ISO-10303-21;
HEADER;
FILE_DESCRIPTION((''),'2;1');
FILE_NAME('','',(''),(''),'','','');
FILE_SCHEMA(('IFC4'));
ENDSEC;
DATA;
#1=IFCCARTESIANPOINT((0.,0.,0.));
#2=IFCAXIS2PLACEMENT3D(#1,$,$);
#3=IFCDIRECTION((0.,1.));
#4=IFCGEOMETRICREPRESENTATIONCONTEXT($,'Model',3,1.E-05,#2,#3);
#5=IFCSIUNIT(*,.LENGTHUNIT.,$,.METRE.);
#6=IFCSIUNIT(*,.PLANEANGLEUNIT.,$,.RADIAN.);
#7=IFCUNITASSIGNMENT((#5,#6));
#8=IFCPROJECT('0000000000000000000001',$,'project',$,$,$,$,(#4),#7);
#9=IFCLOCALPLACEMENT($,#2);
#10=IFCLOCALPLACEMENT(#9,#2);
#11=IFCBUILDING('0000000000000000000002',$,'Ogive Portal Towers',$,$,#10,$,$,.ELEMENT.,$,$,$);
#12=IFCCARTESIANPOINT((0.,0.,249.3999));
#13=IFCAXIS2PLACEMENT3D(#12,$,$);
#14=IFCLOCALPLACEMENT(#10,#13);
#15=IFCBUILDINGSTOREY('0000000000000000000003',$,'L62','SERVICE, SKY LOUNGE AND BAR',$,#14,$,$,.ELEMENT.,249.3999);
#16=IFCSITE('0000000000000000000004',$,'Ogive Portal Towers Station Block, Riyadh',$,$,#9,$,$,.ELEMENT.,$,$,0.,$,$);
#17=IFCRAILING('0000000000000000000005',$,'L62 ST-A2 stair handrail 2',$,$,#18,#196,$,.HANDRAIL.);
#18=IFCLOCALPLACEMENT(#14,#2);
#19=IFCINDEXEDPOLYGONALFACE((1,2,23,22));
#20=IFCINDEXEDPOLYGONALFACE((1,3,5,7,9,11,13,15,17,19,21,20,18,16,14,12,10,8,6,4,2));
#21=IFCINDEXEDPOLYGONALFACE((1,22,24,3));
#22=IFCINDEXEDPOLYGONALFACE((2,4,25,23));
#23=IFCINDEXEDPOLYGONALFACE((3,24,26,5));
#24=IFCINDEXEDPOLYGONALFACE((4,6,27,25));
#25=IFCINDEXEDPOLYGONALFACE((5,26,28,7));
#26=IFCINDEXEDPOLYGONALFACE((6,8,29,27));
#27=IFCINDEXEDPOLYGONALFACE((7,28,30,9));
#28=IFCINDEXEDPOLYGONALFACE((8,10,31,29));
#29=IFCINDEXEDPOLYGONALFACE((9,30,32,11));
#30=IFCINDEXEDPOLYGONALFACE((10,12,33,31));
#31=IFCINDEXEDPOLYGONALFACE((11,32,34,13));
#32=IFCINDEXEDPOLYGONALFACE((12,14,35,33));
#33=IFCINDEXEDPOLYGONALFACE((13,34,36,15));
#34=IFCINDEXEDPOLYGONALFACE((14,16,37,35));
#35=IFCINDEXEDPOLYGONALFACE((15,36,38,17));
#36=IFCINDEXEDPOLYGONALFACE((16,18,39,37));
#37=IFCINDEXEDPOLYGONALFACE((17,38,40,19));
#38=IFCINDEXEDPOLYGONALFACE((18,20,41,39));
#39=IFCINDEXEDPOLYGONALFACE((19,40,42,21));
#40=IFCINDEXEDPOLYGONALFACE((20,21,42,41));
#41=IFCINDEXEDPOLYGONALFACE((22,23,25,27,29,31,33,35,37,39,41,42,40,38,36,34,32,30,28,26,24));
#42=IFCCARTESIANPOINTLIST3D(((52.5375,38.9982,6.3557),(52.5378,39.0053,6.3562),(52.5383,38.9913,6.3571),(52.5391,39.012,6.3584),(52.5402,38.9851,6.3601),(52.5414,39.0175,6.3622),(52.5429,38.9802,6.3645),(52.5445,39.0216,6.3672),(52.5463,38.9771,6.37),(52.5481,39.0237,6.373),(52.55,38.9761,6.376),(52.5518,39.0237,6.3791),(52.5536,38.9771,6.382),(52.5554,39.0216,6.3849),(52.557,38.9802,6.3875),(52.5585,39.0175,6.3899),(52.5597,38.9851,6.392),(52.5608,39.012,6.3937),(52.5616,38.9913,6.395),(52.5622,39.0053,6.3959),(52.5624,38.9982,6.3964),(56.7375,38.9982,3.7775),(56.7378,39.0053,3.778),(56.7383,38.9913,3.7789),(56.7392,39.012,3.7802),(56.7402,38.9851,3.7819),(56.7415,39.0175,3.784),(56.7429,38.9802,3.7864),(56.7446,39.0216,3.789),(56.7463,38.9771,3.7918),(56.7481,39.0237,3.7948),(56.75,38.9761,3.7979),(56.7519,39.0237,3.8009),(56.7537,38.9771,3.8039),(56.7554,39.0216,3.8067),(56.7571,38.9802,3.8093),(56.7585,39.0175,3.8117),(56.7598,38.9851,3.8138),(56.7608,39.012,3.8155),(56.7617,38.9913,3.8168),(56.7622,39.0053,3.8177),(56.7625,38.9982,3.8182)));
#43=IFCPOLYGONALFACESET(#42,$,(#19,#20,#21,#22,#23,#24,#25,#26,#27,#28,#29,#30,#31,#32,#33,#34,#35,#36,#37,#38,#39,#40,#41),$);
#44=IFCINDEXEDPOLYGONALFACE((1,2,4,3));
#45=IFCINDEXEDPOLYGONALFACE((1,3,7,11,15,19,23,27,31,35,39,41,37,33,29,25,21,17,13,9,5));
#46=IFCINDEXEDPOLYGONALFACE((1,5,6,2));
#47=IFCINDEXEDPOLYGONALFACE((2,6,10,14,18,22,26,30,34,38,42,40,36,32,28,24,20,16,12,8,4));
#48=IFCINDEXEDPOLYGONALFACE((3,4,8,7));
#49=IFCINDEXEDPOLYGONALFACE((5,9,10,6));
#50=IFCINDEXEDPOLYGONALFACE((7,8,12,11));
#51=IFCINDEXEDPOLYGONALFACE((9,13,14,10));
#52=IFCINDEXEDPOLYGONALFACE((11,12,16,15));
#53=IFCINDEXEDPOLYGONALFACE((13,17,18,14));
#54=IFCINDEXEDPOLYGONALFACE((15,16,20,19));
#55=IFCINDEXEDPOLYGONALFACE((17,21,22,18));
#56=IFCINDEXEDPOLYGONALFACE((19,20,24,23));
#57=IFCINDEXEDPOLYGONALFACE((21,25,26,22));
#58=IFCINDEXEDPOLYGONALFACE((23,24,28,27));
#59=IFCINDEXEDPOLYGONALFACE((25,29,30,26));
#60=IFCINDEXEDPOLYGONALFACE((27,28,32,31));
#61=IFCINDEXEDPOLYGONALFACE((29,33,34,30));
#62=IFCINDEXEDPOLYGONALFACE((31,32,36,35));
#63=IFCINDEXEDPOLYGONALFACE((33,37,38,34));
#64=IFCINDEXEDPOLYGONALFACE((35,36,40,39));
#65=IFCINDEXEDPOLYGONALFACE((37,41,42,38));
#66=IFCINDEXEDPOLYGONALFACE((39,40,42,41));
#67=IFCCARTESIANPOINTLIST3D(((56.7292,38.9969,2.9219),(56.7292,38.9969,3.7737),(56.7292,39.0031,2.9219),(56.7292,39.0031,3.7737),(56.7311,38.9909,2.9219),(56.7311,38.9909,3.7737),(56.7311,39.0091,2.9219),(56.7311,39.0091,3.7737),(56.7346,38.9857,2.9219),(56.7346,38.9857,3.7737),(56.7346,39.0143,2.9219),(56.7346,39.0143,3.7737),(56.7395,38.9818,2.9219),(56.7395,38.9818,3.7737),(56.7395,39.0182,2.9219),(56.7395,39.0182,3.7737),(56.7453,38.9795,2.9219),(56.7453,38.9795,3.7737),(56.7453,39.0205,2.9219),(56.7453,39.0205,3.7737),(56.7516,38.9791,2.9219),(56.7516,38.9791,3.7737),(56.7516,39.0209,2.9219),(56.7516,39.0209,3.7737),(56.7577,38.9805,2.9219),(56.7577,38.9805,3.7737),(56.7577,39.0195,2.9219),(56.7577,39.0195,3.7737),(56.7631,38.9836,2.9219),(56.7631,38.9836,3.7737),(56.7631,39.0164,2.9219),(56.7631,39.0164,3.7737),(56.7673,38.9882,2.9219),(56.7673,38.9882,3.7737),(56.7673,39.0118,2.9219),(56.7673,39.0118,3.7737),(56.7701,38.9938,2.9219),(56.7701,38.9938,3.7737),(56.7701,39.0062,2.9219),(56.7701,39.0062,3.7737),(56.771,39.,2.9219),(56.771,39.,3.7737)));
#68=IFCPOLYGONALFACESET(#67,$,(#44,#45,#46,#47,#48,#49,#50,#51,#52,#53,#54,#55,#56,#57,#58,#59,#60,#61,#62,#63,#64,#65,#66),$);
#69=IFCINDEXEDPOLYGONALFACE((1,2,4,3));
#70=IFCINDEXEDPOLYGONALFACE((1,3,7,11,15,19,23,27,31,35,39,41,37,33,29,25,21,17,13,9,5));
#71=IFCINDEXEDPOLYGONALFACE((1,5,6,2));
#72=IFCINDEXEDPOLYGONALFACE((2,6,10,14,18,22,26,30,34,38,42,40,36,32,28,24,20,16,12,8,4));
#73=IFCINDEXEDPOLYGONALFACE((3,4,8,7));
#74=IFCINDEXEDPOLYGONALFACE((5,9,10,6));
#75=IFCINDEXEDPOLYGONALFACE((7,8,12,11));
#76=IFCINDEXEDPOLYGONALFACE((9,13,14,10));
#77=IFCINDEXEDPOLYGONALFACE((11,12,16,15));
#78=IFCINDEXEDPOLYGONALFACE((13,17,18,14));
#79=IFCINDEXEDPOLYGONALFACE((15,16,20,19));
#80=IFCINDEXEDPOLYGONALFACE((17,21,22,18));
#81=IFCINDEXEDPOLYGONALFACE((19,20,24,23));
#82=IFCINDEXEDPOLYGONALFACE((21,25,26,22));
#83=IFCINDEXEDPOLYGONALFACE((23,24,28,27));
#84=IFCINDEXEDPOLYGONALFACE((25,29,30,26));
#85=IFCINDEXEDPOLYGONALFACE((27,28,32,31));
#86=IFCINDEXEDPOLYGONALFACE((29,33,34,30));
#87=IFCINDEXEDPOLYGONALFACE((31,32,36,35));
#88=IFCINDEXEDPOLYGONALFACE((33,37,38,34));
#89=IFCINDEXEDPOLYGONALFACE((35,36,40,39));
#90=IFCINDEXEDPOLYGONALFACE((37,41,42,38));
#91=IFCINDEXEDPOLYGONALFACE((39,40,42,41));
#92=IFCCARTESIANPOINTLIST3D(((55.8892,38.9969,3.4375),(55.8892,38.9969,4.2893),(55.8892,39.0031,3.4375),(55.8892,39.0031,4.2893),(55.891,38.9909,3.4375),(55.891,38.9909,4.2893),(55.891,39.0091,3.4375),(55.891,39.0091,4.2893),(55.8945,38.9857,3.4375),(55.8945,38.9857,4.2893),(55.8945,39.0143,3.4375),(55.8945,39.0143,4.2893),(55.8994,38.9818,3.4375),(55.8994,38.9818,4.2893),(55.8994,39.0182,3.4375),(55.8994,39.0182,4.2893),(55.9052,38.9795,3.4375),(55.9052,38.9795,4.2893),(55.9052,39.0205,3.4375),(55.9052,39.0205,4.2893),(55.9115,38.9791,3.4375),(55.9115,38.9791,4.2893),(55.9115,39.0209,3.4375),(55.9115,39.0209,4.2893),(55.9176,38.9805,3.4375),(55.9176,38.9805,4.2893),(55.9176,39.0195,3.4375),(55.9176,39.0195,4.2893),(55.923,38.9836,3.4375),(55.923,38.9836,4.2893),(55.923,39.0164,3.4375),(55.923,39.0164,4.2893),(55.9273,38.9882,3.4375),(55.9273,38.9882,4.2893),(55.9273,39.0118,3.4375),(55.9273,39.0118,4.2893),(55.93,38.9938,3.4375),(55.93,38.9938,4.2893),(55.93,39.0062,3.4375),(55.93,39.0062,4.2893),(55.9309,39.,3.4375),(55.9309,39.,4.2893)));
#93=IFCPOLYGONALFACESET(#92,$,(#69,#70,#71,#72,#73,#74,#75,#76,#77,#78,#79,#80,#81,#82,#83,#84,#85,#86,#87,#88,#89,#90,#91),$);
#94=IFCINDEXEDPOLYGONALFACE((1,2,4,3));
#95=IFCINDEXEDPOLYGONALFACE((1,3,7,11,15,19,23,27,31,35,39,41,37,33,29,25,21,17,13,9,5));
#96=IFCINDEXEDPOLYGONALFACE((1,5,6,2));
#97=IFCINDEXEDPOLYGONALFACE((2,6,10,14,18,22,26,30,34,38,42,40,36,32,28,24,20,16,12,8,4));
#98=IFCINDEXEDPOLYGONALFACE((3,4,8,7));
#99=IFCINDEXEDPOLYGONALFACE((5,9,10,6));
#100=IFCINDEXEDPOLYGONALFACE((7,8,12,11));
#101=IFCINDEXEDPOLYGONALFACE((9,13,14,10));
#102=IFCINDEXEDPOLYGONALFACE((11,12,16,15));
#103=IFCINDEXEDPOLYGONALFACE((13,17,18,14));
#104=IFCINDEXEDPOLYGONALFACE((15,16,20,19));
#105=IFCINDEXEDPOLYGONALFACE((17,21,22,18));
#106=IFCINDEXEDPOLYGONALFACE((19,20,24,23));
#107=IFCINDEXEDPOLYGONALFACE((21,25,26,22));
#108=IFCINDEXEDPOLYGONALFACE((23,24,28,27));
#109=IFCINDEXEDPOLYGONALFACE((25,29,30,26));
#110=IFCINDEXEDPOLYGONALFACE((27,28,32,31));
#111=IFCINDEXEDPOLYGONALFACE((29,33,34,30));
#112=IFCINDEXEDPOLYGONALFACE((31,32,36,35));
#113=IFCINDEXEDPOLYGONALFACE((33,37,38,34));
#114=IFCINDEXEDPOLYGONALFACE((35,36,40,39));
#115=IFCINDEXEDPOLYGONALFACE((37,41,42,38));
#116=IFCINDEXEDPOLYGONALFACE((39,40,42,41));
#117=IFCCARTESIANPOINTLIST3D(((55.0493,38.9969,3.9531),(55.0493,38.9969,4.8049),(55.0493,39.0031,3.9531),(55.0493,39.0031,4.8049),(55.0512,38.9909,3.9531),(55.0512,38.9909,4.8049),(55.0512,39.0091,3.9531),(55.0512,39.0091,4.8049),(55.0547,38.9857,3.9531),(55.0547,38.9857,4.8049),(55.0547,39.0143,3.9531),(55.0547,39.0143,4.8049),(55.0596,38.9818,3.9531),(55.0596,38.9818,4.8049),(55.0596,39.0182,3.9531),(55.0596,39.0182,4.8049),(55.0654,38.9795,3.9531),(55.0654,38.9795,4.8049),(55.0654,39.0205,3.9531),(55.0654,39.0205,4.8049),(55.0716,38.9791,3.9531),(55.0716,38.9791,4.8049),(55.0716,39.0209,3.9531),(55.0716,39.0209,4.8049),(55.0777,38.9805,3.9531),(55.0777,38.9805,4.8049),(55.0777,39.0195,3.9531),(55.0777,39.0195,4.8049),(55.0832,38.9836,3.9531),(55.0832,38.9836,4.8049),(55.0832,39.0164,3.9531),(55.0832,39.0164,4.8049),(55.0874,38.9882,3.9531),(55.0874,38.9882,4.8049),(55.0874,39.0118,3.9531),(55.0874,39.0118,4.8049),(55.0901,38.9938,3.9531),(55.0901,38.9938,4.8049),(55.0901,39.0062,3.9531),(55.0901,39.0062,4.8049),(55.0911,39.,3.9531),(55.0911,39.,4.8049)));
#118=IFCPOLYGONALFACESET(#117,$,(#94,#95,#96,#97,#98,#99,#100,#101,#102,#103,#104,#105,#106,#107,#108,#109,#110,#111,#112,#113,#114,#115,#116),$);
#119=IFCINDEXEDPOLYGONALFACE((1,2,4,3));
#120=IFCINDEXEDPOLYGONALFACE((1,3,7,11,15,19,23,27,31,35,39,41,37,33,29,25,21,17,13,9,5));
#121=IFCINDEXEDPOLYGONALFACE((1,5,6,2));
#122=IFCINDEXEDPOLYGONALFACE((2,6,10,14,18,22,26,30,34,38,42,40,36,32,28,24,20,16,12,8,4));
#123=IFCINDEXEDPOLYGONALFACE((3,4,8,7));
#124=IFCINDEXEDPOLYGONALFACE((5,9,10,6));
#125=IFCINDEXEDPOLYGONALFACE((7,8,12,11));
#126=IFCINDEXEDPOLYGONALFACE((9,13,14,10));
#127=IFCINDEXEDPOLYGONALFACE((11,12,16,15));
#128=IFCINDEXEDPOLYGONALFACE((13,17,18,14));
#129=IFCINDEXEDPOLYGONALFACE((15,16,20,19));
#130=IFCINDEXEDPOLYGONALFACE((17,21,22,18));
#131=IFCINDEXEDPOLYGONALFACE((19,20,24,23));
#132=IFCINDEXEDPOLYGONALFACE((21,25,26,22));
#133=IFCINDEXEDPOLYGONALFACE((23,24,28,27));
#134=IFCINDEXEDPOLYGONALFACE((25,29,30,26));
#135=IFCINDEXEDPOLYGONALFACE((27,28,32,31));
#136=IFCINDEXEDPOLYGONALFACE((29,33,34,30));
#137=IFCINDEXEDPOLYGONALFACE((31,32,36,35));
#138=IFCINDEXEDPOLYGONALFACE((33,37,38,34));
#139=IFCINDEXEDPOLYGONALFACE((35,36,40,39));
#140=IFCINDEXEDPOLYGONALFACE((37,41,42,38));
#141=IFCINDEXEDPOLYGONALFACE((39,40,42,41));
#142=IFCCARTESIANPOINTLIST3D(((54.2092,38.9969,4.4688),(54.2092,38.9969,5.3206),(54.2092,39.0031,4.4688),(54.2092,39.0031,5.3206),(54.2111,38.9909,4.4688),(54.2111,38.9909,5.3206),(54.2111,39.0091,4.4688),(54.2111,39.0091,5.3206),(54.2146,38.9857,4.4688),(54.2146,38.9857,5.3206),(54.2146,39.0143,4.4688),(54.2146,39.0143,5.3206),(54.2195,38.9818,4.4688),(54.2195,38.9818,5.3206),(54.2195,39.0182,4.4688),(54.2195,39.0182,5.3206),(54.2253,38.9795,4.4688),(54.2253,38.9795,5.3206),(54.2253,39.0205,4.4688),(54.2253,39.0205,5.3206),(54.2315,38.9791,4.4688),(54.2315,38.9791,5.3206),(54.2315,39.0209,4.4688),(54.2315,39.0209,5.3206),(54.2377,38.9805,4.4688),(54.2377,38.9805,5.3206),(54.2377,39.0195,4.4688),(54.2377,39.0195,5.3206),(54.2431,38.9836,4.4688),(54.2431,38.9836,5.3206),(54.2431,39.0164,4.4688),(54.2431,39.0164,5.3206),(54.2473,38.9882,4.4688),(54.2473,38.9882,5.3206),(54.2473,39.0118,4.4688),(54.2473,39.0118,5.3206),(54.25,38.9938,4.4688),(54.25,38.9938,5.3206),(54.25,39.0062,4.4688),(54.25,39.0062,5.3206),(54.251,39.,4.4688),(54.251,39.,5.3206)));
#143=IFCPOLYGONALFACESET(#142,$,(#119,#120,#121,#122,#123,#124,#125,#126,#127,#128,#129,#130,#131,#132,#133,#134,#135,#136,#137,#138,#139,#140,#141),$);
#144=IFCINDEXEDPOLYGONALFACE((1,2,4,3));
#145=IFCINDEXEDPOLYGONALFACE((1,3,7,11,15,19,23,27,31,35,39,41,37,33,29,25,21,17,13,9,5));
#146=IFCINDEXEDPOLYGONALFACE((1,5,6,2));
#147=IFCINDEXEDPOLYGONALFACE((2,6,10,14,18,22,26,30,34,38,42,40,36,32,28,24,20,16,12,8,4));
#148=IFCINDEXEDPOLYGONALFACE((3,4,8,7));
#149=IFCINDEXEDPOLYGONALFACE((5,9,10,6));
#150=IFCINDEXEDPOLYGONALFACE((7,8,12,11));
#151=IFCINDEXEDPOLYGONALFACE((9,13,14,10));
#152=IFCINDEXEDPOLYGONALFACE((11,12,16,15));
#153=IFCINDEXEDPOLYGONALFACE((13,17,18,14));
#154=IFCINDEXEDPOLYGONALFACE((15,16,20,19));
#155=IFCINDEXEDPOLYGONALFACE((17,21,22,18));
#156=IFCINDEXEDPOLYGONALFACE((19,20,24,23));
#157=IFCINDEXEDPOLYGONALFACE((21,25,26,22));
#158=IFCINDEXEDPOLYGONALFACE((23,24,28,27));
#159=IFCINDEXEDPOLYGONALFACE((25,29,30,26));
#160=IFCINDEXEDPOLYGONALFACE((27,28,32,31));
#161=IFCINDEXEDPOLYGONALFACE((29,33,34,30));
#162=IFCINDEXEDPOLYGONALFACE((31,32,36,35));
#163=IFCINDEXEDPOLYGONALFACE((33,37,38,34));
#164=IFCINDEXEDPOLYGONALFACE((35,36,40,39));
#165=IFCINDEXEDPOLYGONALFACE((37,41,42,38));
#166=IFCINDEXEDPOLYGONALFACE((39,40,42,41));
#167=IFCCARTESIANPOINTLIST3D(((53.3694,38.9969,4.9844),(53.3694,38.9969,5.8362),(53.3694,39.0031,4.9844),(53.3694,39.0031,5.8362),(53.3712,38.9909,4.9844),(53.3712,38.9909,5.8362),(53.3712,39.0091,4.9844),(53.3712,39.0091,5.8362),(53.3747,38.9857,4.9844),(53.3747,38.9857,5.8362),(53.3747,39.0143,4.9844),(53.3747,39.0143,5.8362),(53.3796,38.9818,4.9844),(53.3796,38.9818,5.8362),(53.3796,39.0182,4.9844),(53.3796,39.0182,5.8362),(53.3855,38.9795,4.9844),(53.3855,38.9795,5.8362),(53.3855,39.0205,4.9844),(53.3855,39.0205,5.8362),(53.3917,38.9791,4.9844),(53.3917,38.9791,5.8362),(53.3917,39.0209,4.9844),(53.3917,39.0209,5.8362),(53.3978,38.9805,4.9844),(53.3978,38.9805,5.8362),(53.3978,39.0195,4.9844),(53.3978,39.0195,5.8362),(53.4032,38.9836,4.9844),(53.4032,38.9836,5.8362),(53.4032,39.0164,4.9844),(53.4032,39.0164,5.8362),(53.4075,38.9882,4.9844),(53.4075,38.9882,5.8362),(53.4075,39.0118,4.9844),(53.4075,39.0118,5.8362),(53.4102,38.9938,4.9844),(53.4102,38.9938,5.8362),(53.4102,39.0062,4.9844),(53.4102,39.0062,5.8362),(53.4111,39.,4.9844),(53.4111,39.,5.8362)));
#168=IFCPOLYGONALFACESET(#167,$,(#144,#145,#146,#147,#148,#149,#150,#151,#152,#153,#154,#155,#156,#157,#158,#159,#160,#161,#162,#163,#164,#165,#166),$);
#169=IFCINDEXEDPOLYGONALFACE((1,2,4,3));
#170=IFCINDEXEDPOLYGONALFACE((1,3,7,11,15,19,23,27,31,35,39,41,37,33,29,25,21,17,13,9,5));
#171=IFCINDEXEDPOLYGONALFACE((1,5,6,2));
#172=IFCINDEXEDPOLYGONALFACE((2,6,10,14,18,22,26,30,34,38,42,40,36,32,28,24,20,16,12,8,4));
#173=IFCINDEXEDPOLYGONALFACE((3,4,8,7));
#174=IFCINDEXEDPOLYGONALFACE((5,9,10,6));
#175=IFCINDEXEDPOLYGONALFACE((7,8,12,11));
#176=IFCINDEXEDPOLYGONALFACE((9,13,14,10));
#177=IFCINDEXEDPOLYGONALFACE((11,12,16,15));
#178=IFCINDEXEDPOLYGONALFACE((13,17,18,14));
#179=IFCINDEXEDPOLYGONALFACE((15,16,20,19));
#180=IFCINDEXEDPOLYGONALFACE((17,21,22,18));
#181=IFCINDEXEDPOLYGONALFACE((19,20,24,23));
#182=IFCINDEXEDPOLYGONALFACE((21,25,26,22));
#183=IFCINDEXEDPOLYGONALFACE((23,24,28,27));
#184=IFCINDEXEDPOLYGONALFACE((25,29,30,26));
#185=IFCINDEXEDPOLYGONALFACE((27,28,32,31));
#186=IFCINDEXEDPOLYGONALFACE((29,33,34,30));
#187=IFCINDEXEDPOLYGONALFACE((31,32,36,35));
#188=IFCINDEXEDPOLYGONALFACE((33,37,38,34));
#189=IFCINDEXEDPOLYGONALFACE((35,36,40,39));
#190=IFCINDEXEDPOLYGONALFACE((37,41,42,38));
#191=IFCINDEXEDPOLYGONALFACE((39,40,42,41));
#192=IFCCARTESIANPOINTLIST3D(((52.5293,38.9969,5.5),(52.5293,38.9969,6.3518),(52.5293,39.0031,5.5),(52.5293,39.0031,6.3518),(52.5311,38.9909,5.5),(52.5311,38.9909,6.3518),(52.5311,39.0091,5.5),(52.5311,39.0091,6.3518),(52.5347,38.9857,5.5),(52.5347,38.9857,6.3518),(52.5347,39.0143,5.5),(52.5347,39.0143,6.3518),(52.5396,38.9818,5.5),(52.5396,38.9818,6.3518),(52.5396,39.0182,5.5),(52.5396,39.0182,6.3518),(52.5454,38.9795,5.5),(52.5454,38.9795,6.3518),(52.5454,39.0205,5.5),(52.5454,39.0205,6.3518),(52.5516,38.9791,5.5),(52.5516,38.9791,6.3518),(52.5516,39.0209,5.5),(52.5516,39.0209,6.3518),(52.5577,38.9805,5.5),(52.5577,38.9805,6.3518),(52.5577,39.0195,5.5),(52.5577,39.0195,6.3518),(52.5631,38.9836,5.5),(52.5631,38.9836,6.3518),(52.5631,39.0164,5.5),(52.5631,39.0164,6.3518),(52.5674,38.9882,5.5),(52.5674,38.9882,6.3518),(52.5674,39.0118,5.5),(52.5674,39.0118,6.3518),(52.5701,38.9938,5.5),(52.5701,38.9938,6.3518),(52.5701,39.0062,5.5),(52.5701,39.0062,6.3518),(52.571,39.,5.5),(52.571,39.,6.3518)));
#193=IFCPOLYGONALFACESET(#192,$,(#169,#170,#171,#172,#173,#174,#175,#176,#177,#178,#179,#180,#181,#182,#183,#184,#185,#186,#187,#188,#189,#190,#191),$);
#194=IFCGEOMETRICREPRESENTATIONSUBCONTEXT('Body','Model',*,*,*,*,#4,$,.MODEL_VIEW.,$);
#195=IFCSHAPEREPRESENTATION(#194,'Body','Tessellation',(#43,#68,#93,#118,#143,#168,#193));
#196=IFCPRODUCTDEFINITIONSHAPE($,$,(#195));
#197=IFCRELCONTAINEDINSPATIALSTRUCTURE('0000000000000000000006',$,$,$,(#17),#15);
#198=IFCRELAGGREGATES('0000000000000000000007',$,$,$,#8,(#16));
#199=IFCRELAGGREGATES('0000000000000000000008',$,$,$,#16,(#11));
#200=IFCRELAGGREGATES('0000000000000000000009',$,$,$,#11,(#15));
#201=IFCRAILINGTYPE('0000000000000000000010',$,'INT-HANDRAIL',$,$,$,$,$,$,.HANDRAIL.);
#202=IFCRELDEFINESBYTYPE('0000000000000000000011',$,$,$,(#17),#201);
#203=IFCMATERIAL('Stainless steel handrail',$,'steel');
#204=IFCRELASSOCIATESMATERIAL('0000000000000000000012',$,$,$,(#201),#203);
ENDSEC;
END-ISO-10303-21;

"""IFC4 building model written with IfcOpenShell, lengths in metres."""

from ifc_helpers import new_model, si_unit, direction, frame, origin, origin_2d, place, context, subcontext, project, spatial, circle, extrude, material, type_object, element, save


model = new_model("IFC4")

# Units and contexts
model_context = context("Model", 3, precision=1e-05, world=origin(), true_north=direction((0.0, 1.0)))
body_context = subcontext(model_context, "Body", "Model", "MODEL_VIEW")
ifc_project = project(units=[si_unit("LENGTHUNIT", "METRE"), si_unit("PLANEANGLEUNIT", "RADIAN")], contexts=[model_context])

# Site, building, storey
site_placement = place(None, origin())
site = spatial("IfcSite", under=ifc_project, at=site_placement, Name="Ogive Portal Towers Station Block, Riyadh", CompositionType="ELEMENT", RefElevation=0.0)
building_placement = place(site_placement, origin())
building = spatial("IfcBuilding", under=site, at=building_placement, Name="Ogive Portal Towers", CompositionType="ELEMENT")
storey_placement = place(building_placement, frame((0.0, 0.0, 249.3999)))
storey = spatial("IfcBuildingStorey", under=building, at=storey_placement, Name="L62", Description="SERVICE, SKY LOUNGE AND BAR", CompositionType="ELEMENT", Elevation=249.3999)

# Railing
ifc_material_1 = material(Name="Stainless steel handrail", Category="steel")
railing_type_1 = type_object("IfcRailingType", Name="INT-HANDRAIL", PredefinedType="HANDRAIL", material=ifc_material_1)
railing_1_placement = place(storey_placement, frame((56.75, 39.0, 2.9219)))
element("IfcRailing", 1, at=railing_1_placement, inside=storey, type_object=railing_type_1, Name="L62 ST-A2 stair handrail 2", PredefinedType="HANDRAIL", context=body_context, shape_type="SweptSolid", body=[
    extrude(circle(Radius=0.0239, at=origin_2d()), frame((0.0, 0.0, 0.876), z_axis=(-0.852243, 0.0, 0.523146), x_axis=(0.0, -1.0, 0.0)), (0.0, 0.0, 1.0), 4.9282),
    extrude(circle(Radius=0.021, at=origin_2d()), origin(), (0.0, 0.0, 1.0), 0.8518),
    extrude(circle(Radius=0.021, at=origin_2d()), frame((-0.8401, 0.0, 0.5156)), (0.0, 0.0, 1.0), 0.8518),
    extrude(circle(Radius=0.021, at=origin_2d()), frame((-1.6799, 0.0, 1.0312)), (0.0, 0.0, 1.0), 0.8518),
    extrude(circle(Radius=0.021, at=origin_2d()), frame((-2.52, 0.0, 1.5469)), (0.0, 0.0, 1.0), 0.8518),
    extrude(circle(Radius=0.021, at=origin_2d()), frame((-3.3599, 0.0, 2.0625)), (0.0, 0.0, 1.0), 0.8518),
    extrude(circle(Radius=0.021, at=origin_2d()), frame((-4.2, 0.0, 2.5781)), (0.0, 0.0, 1.0), 0.8518),
])

save(model, "model.ifc")
